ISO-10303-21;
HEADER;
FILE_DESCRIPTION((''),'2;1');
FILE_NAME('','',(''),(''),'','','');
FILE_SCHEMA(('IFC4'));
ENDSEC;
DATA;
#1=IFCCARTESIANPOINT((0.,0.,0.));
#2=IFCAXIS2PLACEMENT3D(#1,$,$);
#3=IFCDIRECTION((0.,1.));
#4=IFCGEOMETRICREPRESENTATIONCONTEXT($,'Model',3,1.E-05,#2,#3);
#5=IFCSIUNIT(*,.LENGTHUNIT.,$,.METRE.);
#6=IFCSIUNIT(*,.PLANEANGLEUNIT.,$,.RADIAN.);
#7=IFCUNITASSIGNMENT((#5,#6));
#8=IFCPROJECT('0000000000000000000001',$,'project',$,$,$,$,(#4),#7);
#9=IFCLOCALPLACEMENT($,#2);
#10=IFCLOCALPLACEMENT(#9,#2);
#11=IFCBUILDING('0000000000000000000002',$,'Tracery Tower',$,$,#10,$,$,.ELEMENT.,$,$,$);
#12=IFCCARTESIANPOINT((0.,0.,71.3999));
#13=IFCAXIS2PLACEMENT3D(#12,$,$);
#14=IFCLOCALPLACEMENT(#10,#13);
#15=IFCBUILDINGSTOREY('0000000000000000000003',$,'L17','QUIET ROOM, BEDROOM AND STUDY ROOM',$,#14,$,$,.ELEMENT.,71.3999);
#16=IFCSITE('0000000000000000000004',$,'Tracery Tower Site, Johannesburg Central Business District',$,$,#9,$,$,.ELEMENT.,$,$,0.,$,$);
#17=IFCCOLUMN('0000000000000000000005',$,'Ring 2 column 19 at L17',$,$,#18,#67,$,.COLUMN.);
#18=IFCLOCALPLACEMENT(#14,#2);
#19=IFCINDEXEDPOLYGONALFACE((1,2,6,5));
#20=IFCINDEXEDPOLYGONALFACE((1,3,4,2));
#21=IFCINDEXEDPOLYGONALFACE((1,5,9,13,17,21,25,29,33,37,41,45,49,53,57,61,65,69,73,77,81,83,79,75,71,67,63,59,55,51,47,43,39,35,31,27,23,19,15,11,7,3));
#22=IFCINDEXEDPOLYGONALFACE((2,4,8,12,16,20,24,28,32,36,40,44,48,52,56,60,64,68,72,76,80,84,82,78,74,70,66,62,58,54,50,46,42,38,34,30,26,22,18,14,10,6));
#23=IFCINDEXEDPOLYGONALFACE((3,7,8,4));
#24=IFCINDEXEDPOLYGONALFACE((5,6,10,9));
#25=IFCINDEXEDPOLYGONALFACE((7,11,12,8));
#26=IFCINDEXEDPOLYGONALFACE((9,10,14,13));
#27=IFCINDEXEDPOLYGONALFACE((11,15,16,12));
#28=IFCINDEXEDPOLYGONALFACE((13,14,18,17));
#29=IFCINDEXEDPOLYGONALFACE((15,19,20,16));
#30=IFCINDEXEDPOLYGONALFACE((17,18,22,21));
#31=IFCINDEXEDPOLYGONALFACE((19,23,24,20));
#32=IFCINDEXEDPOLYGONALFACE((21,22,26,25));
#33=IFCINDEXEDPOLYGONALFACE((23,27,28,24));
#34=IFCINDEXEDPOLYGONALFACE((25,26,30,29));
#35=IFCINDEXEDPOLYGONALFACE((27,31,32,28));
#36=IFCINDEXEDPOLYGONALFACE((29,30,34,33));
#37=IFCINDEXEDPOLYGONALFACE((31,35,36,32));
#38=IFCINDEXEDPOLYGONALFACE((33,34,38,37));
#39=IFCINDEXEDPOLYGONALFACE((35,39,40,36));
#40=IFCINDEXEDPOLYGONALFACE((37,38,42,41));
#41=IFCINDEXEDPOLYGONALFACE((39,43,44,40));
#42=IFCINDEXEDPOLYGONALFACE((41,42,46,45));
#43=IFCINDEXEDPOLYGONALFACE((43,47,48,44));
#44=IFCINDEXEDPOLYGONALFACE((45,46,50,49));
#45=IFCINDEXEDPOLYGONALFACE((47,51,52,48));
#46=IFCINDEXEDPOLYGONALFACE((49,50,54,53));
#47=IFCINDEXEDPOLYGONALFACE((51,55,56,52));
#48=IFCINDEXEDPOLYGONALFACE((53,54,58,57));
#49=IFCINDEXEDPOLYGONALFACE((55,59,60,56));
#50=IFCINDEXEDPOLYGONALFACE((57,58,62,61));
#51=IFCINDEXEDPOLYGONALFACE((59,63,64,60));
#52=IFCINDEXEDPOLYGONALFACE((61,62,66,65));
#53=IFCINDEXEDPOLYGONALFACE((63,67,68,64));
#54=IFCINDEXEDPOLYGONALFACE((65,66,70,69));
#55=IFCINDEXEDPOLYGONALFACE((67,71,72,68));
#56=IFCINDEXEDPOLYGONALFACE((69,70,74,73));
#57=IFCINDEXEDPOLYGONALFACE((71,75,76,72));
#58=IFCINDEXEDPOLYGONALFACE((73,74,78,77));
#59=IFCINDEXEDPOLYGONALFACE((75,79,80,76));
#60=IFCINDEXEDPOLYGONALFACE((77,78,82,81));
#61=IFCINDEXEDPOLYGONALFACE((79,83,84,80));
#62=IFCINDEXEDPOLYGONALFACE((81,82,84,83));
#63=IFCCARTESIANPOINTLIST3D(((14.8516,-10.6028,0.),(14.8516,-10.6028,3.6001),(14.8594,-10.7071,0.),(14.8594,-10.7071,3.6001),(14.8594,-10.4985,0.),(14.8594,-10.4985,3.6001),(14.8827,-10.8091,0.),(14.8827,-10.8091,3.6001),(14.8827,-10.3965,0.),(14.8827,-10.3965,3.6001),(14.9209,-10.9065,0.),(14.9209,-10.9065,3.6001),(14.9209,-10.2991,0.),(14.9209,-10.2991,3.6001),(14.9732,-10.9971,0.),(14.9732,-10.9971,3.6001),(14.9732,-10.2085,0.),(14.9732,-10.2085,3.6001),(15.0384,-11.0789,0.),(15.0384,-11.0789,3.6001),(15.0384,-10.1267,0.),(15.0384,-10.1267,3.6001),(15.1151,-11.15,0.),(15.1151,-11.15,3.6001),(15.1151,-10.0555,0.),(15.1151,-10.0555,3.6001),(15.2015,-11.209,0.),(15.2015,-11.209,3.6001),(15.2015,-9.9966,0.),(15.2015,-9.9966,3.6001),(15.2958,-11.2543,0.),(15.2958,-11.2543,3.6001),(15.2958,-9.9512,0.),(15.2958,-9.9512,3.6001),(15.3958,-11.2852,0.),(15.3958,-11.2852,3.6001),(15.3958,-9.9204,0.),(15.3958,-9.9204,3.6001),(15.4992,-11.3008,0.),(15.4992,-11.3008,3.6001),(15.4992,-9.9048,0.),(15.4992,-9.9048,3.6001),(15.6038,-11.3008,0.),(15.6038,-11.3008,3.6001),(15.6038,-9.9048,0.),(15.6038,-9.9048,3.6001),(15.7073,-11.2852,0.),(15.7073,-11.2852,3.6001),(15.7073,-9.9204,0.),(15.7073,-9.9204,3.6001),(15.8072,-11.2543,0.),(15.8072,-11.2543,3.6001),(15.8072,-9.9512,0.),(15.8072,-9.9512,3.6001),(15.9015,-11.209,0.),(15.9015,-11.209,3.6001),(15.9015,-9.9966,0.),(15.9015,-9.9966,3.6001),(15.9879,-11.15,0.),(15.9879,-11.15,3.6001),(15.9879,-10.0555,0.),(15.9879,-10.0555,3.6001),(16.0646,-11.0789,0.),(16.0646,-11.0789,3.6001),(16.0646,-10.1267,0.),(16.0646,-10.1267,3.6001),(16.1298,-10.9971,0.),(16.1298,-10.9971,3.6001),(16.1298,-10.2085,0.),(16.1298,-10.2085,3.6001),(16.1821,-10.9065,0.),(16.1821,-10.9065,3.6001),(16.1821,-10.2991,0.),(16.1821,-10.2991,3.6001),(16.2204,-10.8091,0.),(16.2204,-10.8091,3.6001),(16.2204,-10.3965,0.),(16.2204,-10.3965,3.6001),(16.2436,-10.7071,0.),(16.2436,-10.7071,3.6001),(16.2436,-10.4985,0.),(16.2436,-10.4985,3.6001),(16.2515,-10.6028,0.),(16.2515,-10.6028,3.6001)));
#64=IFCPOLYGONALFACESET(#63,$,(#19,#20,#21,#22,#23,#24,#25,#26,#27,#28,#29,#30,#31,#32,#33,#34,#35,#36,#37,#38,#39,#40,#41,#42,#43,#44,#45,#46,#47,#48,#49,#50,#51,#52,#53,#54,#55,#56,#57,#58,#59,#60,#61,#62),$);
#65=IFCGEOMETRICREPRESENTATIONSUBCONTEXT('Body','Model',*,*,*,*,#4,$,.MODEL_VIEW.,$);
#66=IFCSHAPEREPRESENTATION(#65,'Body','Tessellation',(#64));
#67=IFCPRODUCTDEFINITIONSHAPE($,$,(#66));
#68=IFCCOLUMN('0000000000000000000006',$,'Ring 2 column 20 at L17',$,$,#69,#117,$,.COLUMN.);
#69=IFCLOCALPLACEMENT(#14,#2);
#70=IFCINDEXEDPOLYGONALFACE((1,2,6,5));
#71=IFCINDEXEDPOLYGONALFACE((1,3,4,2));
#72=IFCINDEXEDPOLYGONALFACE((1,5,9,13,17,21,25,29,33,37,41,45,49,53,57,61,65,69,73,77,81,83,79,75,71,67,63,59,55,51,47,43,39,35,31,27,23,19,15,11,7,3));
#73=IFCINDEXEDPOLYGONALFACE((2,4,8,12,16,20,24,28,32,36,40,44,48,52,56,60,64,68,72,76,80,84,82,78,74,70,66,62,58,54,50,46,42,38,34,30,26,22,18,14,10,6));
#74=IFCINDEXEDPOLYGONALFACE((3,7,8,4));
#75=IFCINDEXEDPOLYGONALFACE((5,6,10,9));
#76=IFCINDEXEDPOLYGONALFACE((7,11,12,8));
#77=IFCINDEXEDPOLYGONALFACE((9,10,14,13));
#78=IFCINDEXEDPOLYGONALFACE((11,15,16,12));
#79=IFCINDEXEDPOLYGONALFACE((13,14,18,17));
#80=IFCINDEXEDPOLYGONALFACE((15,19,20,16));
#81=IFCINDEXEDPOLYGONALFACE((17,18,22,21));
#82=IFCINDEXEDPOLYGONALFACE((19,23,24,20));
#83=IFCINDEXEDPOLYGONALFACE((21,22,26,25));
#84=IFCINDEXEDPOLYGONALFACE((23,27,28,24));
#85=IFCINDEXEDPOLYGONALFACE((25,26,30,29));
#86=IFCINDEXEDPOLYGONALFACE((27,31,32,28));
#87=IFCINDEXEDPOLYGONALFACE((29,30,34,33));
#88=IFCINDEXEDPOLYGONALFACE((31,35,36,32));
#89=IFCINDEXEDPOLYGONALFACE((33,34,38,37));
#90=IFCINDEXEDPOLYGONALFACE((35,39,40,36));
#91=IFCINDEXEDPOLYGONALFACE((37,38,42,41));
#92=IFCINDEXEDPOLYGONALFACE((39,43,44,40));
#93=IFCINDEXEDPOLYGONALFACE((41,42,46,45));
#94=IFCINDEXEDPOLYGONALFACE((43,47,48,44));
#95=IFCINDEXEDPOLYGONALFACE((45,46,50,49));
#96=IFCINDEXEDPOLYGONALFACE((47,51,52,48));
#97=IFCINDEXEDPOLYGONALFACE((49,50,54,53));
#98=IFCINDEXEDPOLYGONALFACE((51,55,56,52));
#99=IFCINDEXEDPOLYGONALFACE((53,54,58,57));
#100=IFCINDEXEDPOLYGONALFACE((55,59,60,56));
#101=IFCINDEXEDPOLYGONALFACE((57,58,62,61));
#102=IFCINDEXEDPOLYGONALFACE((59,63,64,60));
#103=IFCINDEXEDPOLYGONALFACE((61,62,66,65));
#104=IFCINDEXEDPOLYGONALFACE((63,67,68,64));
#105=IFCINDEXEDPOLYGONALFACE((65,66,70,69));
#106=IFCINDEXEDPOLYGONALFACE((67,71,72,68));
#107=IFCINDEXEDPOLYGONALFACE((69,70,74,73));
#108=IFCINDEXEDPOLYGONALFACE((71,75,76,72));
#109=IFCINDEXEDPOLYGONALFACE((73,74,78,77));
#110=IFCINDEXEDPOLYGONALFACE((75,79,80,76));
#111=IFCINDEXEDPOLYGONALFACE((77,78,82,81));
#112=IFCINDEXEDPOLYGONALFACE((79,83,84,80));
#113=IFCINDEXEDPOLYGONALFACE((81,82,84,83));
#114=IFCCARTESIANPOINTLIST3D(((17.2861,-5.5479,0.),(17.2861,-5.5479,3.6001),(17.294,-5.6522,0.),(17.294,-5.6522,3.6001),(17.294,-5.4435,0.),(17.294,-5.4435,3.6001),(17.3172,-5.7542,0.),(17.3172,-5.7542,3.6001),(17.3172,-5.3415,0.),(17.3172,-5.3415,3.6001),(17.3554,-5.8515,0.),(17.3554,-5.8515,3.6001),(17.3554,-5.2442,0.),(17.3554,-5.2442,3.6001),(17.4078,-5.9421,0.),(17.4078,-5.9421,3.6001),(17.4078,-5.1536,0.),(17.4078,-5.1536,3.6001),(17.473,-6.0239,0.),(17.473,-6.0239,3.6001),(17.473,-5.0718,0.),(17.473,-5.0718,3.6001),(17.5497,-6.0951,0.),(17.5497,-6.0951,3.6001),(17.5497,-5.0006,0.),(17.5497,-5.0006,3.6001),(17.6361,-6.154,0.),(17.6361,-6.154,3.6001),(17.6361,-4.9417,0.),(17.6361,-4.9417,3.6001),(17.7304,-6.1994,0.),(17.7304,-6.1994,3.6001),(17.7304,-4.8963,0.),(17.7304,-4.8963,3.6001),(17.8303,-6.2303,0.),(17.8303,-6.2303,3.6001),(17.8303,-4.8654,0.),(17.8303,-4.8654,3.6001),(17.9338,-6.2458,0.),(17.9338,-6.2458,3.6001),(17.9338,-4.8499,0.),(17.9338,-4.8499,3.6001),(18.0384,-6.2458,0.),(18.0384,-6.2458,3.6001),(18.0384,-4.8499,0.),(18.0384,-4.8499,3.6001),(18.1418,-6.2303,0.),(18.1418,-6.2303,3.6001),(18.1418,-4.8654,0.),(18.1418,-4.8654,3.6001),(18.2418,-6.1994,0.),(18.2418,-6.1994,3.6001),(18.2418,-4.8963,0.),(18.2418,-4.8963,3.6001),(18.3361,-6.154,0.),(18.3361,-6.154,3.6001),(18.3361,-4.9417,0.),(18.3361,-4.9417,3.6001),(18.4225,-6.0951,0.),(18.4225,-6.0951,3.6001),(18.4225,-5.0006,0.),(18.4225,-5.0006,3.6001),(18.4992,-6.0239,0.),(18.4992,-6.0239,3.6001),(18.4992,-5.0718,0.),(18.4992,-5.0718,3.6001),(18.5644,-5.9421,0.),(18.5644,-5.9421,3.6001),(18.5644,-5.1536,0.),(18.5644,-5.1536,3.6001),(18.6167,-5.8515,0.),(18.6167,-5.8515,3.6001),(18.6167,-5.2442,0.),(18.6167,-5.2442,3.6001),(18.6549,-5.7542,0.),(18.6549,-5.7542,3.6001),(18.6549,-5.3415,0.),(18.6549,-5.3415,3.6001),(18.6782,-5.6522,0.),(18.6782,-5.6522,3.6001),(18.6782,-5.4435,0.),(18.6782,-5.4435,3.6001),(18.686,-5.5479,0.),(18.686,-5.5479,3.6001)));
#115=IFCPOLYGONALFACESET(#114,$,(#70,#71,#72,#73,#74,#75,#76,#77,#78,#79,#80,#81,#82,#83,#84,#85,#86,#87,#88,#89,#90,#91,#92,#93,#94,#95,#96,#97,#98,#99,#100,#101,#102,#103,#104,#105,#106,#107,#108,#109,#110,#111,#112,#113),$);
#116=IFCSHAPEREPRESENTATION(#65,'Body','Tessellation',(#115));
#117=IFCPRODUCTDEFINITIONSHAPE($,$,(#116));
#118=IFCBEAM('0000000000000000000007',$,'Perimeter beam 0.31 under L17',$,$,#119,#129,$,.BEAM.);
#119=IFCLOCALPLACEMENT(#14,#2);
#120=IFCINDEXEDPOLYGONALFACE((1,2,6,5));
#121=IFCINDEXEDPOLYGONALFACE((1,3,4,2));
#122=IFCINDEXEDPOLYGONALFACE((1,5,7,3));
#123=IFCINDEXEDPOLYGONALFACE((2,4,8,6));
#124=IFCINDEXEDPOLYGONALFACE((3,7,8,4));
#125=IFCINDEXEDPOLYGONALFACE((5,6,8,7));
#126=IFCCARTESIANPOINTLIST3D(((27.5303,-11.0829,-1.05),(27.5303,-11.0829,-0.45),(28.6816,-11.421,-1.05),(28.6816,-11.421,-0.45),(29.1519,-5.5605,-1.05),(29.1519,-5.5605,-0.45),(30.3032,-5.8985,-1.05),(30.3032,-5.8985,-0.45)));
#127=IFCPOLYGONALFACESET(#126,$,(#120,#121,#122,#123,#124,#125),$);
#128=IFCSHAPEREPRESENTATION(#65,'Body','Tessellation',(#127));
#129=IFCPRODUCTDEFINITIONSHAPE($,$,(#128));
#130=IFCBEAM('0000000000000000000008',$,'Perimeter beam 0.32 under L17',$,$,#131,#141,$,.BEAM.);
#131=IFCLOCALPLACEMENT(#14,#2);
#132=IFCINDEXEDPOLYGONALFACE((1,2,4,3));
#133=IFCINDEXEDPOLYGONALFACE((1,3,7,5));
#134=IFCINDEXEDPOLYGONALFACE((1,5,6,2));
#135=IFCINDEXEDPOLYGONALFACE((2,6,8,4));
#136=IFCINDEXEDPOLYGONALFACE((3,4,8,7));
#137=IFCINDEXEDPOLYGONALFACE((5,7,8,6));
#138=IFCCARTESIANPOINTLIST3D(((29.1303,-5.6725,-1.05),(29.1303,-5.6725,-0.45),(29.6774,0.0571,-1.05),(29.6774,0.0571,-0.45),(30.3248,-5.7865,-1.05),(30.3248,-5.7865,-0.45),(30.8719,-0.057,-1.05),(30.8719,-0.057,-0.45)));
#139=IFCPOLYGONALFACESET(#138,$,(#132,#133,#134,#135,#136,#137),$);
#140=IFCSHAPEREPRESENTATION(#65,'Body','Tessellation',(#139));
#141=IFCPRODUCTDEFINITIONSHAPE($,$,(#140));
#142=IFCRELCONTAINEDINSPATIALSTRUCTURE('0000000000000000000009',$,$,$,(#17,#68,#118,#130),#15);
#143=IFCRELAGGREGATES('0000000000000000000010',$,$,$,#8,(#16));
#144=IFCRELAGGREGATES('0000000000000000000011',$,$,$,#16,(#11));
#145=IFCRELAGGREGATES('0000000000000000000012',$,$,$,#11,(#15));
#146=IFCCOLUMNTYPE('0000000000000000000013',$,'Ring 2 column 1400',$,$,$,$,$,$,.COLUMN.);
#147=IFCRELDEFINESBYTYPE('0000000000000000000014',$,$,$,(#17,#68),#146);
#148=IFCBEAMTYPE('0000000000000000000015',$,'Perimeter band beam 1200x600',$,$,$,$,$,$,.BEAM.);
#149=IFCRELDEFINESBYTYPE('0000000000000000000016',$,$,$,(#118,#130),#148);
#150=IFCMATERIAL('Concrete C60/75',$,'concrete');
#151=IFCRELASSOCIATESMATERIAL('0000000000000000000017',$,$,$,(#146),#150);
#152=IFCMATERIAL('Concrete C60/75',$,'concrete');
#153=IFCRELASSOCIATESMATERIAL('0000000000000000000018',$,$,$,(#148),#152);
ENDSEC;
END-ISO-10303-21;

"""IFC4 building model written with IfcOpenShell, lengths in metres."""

from ifc_helpers import new_model, si_unit, direction, frame, origin, origin_2d, place, context, subcontext, project, spatial, rectangle, circle, extrude, material, material_profile, profile_set, type_object, element, save


model = new_model("IFC4")

# Units and contexts
model_context = context("Model", 3, precision=1e-05, world=origin(), true_north=direction((0.0, 1.0)))
body_context = subcontext(model_context, "Body", "Model", "MODEL_VIEW")
ifc_project = project(units=[si_unit("LENGTHUNIT", "METRE"), si_unit("PLANEANGLEUNIT", "RADIAN")], contexts=[model_context])

# Site, building, storey
site_placement = place(None, origin())
site = spatial("IfcSite", under=ifc_project, at=site_placement, Name="Tracery Tower Site, Johannesburg Central Business District", CompositionType="ELEMENT", RefElevation=0.0)
building_placement = place(site_placement, origin())
building = spatial("IfcBuilding", under=site, at=building_placement, Name="Tracery Tower", CompositionType="ELEMENT")
storey_placement = place(building_placement, frame((0.0, 0.0, 71.3999)))
storey = spatial("IfcBuildingStorey", under=building, at=storey_placement, Name="L17", Description="QUIET ROOM, BEDROOM AND STUDY ROOM", CompositionType="ELEMENT", Elevation=71.3999)

# Columns
ifc_material_1 = material(Name="Concrete C60/75", Category="concrete")
ifc_material_profile_1 = material_profile(ifc_material_1, circle(Radius=0.7, at=origin_2d()), Name="RC D1400")
ifc_profile_set_1 = profile_set([ifc_material_profile_1], Name="Concrete C60/75")
column_type_1 = type_object("IfcColumnType", Name="Ring 2 column 1400", PredefinedType="COLUMN", material=ifc_profile_set_1)
for number, where, z_axis, x_axis, name in (
    (1, (15.5515, -10.6028, 0.0), (0.0, 0.0, 1.0), (1.0, 0.0, 0.0), "Ring 2 column 19 at L17"),
    (2, (17.9861, -5.5479, 0.0), (0.0, 0.0, 1.0), (1.0, 0.0, 0.0), "Ring 2 column 20 at L17"),
):
    element("IfcColumn", number, at=place(storey_placement, frame(where, z_axis=z_axis, x_axis=x_axis)), inside=storey, type_object=column_type_1, Name=name, PredefinedType="COLUMN", context=body_context, shape_type="SweptSolid", body=[
        extrude(circle(Radius=0.7, at=origin_2d()), origin(), (0.0, 0.0, 1.0), 3.6001),
    ])

# Beams
ifc_material_2 = material(Name="Concrete C60/75", Category="concrete")
ifc_material_profile_2 = material_profile(ifc_material_2, rectangle(XDim=1.2, YDim=0.6001, at=origin_2d()), Name="RC 1200x600")
ifc_profile_set_2 = profile_set([ifc_material_profile_2], Name="Concrete C60/75")
beam_type = type_object("IfcBeamType", Name="Perimeter band beam 1200x600", PredefinedType="BEAM", material=ifc_profile_set_2)
for number, where, z_axis, x_axis, name in (
    (3, (28.106, -11.252, -0.75), (0.281739, 0.959491, 0.0), (-0.959491, 0.281739, 0.0), "Perimeter beam 0.31 under L17"),
    (4, (29.7275, -5.7295, -0.75), (0.095059, 0.995472, 0.0), (-0.995472, 0.095059, 0.0), "Perimeter beam 0.32 under L17"),
):
    element("IfcBeam", number, at=place(storey_placement, frame(where, z_axis=z_axis, x_axis=x_axis)), inside=storey, type_object=beam_type, Name=name, PredefinedType="BEAM", context=body_context, shape_type="SweptSolid", body=[
        extrude(rectangle(XDim=1.2, YDim=0.6001, at=origin_2d()), origin(), (0.0, 0.0, 1.0), 5.7556),
    ])

save(model, "model.ifc")
